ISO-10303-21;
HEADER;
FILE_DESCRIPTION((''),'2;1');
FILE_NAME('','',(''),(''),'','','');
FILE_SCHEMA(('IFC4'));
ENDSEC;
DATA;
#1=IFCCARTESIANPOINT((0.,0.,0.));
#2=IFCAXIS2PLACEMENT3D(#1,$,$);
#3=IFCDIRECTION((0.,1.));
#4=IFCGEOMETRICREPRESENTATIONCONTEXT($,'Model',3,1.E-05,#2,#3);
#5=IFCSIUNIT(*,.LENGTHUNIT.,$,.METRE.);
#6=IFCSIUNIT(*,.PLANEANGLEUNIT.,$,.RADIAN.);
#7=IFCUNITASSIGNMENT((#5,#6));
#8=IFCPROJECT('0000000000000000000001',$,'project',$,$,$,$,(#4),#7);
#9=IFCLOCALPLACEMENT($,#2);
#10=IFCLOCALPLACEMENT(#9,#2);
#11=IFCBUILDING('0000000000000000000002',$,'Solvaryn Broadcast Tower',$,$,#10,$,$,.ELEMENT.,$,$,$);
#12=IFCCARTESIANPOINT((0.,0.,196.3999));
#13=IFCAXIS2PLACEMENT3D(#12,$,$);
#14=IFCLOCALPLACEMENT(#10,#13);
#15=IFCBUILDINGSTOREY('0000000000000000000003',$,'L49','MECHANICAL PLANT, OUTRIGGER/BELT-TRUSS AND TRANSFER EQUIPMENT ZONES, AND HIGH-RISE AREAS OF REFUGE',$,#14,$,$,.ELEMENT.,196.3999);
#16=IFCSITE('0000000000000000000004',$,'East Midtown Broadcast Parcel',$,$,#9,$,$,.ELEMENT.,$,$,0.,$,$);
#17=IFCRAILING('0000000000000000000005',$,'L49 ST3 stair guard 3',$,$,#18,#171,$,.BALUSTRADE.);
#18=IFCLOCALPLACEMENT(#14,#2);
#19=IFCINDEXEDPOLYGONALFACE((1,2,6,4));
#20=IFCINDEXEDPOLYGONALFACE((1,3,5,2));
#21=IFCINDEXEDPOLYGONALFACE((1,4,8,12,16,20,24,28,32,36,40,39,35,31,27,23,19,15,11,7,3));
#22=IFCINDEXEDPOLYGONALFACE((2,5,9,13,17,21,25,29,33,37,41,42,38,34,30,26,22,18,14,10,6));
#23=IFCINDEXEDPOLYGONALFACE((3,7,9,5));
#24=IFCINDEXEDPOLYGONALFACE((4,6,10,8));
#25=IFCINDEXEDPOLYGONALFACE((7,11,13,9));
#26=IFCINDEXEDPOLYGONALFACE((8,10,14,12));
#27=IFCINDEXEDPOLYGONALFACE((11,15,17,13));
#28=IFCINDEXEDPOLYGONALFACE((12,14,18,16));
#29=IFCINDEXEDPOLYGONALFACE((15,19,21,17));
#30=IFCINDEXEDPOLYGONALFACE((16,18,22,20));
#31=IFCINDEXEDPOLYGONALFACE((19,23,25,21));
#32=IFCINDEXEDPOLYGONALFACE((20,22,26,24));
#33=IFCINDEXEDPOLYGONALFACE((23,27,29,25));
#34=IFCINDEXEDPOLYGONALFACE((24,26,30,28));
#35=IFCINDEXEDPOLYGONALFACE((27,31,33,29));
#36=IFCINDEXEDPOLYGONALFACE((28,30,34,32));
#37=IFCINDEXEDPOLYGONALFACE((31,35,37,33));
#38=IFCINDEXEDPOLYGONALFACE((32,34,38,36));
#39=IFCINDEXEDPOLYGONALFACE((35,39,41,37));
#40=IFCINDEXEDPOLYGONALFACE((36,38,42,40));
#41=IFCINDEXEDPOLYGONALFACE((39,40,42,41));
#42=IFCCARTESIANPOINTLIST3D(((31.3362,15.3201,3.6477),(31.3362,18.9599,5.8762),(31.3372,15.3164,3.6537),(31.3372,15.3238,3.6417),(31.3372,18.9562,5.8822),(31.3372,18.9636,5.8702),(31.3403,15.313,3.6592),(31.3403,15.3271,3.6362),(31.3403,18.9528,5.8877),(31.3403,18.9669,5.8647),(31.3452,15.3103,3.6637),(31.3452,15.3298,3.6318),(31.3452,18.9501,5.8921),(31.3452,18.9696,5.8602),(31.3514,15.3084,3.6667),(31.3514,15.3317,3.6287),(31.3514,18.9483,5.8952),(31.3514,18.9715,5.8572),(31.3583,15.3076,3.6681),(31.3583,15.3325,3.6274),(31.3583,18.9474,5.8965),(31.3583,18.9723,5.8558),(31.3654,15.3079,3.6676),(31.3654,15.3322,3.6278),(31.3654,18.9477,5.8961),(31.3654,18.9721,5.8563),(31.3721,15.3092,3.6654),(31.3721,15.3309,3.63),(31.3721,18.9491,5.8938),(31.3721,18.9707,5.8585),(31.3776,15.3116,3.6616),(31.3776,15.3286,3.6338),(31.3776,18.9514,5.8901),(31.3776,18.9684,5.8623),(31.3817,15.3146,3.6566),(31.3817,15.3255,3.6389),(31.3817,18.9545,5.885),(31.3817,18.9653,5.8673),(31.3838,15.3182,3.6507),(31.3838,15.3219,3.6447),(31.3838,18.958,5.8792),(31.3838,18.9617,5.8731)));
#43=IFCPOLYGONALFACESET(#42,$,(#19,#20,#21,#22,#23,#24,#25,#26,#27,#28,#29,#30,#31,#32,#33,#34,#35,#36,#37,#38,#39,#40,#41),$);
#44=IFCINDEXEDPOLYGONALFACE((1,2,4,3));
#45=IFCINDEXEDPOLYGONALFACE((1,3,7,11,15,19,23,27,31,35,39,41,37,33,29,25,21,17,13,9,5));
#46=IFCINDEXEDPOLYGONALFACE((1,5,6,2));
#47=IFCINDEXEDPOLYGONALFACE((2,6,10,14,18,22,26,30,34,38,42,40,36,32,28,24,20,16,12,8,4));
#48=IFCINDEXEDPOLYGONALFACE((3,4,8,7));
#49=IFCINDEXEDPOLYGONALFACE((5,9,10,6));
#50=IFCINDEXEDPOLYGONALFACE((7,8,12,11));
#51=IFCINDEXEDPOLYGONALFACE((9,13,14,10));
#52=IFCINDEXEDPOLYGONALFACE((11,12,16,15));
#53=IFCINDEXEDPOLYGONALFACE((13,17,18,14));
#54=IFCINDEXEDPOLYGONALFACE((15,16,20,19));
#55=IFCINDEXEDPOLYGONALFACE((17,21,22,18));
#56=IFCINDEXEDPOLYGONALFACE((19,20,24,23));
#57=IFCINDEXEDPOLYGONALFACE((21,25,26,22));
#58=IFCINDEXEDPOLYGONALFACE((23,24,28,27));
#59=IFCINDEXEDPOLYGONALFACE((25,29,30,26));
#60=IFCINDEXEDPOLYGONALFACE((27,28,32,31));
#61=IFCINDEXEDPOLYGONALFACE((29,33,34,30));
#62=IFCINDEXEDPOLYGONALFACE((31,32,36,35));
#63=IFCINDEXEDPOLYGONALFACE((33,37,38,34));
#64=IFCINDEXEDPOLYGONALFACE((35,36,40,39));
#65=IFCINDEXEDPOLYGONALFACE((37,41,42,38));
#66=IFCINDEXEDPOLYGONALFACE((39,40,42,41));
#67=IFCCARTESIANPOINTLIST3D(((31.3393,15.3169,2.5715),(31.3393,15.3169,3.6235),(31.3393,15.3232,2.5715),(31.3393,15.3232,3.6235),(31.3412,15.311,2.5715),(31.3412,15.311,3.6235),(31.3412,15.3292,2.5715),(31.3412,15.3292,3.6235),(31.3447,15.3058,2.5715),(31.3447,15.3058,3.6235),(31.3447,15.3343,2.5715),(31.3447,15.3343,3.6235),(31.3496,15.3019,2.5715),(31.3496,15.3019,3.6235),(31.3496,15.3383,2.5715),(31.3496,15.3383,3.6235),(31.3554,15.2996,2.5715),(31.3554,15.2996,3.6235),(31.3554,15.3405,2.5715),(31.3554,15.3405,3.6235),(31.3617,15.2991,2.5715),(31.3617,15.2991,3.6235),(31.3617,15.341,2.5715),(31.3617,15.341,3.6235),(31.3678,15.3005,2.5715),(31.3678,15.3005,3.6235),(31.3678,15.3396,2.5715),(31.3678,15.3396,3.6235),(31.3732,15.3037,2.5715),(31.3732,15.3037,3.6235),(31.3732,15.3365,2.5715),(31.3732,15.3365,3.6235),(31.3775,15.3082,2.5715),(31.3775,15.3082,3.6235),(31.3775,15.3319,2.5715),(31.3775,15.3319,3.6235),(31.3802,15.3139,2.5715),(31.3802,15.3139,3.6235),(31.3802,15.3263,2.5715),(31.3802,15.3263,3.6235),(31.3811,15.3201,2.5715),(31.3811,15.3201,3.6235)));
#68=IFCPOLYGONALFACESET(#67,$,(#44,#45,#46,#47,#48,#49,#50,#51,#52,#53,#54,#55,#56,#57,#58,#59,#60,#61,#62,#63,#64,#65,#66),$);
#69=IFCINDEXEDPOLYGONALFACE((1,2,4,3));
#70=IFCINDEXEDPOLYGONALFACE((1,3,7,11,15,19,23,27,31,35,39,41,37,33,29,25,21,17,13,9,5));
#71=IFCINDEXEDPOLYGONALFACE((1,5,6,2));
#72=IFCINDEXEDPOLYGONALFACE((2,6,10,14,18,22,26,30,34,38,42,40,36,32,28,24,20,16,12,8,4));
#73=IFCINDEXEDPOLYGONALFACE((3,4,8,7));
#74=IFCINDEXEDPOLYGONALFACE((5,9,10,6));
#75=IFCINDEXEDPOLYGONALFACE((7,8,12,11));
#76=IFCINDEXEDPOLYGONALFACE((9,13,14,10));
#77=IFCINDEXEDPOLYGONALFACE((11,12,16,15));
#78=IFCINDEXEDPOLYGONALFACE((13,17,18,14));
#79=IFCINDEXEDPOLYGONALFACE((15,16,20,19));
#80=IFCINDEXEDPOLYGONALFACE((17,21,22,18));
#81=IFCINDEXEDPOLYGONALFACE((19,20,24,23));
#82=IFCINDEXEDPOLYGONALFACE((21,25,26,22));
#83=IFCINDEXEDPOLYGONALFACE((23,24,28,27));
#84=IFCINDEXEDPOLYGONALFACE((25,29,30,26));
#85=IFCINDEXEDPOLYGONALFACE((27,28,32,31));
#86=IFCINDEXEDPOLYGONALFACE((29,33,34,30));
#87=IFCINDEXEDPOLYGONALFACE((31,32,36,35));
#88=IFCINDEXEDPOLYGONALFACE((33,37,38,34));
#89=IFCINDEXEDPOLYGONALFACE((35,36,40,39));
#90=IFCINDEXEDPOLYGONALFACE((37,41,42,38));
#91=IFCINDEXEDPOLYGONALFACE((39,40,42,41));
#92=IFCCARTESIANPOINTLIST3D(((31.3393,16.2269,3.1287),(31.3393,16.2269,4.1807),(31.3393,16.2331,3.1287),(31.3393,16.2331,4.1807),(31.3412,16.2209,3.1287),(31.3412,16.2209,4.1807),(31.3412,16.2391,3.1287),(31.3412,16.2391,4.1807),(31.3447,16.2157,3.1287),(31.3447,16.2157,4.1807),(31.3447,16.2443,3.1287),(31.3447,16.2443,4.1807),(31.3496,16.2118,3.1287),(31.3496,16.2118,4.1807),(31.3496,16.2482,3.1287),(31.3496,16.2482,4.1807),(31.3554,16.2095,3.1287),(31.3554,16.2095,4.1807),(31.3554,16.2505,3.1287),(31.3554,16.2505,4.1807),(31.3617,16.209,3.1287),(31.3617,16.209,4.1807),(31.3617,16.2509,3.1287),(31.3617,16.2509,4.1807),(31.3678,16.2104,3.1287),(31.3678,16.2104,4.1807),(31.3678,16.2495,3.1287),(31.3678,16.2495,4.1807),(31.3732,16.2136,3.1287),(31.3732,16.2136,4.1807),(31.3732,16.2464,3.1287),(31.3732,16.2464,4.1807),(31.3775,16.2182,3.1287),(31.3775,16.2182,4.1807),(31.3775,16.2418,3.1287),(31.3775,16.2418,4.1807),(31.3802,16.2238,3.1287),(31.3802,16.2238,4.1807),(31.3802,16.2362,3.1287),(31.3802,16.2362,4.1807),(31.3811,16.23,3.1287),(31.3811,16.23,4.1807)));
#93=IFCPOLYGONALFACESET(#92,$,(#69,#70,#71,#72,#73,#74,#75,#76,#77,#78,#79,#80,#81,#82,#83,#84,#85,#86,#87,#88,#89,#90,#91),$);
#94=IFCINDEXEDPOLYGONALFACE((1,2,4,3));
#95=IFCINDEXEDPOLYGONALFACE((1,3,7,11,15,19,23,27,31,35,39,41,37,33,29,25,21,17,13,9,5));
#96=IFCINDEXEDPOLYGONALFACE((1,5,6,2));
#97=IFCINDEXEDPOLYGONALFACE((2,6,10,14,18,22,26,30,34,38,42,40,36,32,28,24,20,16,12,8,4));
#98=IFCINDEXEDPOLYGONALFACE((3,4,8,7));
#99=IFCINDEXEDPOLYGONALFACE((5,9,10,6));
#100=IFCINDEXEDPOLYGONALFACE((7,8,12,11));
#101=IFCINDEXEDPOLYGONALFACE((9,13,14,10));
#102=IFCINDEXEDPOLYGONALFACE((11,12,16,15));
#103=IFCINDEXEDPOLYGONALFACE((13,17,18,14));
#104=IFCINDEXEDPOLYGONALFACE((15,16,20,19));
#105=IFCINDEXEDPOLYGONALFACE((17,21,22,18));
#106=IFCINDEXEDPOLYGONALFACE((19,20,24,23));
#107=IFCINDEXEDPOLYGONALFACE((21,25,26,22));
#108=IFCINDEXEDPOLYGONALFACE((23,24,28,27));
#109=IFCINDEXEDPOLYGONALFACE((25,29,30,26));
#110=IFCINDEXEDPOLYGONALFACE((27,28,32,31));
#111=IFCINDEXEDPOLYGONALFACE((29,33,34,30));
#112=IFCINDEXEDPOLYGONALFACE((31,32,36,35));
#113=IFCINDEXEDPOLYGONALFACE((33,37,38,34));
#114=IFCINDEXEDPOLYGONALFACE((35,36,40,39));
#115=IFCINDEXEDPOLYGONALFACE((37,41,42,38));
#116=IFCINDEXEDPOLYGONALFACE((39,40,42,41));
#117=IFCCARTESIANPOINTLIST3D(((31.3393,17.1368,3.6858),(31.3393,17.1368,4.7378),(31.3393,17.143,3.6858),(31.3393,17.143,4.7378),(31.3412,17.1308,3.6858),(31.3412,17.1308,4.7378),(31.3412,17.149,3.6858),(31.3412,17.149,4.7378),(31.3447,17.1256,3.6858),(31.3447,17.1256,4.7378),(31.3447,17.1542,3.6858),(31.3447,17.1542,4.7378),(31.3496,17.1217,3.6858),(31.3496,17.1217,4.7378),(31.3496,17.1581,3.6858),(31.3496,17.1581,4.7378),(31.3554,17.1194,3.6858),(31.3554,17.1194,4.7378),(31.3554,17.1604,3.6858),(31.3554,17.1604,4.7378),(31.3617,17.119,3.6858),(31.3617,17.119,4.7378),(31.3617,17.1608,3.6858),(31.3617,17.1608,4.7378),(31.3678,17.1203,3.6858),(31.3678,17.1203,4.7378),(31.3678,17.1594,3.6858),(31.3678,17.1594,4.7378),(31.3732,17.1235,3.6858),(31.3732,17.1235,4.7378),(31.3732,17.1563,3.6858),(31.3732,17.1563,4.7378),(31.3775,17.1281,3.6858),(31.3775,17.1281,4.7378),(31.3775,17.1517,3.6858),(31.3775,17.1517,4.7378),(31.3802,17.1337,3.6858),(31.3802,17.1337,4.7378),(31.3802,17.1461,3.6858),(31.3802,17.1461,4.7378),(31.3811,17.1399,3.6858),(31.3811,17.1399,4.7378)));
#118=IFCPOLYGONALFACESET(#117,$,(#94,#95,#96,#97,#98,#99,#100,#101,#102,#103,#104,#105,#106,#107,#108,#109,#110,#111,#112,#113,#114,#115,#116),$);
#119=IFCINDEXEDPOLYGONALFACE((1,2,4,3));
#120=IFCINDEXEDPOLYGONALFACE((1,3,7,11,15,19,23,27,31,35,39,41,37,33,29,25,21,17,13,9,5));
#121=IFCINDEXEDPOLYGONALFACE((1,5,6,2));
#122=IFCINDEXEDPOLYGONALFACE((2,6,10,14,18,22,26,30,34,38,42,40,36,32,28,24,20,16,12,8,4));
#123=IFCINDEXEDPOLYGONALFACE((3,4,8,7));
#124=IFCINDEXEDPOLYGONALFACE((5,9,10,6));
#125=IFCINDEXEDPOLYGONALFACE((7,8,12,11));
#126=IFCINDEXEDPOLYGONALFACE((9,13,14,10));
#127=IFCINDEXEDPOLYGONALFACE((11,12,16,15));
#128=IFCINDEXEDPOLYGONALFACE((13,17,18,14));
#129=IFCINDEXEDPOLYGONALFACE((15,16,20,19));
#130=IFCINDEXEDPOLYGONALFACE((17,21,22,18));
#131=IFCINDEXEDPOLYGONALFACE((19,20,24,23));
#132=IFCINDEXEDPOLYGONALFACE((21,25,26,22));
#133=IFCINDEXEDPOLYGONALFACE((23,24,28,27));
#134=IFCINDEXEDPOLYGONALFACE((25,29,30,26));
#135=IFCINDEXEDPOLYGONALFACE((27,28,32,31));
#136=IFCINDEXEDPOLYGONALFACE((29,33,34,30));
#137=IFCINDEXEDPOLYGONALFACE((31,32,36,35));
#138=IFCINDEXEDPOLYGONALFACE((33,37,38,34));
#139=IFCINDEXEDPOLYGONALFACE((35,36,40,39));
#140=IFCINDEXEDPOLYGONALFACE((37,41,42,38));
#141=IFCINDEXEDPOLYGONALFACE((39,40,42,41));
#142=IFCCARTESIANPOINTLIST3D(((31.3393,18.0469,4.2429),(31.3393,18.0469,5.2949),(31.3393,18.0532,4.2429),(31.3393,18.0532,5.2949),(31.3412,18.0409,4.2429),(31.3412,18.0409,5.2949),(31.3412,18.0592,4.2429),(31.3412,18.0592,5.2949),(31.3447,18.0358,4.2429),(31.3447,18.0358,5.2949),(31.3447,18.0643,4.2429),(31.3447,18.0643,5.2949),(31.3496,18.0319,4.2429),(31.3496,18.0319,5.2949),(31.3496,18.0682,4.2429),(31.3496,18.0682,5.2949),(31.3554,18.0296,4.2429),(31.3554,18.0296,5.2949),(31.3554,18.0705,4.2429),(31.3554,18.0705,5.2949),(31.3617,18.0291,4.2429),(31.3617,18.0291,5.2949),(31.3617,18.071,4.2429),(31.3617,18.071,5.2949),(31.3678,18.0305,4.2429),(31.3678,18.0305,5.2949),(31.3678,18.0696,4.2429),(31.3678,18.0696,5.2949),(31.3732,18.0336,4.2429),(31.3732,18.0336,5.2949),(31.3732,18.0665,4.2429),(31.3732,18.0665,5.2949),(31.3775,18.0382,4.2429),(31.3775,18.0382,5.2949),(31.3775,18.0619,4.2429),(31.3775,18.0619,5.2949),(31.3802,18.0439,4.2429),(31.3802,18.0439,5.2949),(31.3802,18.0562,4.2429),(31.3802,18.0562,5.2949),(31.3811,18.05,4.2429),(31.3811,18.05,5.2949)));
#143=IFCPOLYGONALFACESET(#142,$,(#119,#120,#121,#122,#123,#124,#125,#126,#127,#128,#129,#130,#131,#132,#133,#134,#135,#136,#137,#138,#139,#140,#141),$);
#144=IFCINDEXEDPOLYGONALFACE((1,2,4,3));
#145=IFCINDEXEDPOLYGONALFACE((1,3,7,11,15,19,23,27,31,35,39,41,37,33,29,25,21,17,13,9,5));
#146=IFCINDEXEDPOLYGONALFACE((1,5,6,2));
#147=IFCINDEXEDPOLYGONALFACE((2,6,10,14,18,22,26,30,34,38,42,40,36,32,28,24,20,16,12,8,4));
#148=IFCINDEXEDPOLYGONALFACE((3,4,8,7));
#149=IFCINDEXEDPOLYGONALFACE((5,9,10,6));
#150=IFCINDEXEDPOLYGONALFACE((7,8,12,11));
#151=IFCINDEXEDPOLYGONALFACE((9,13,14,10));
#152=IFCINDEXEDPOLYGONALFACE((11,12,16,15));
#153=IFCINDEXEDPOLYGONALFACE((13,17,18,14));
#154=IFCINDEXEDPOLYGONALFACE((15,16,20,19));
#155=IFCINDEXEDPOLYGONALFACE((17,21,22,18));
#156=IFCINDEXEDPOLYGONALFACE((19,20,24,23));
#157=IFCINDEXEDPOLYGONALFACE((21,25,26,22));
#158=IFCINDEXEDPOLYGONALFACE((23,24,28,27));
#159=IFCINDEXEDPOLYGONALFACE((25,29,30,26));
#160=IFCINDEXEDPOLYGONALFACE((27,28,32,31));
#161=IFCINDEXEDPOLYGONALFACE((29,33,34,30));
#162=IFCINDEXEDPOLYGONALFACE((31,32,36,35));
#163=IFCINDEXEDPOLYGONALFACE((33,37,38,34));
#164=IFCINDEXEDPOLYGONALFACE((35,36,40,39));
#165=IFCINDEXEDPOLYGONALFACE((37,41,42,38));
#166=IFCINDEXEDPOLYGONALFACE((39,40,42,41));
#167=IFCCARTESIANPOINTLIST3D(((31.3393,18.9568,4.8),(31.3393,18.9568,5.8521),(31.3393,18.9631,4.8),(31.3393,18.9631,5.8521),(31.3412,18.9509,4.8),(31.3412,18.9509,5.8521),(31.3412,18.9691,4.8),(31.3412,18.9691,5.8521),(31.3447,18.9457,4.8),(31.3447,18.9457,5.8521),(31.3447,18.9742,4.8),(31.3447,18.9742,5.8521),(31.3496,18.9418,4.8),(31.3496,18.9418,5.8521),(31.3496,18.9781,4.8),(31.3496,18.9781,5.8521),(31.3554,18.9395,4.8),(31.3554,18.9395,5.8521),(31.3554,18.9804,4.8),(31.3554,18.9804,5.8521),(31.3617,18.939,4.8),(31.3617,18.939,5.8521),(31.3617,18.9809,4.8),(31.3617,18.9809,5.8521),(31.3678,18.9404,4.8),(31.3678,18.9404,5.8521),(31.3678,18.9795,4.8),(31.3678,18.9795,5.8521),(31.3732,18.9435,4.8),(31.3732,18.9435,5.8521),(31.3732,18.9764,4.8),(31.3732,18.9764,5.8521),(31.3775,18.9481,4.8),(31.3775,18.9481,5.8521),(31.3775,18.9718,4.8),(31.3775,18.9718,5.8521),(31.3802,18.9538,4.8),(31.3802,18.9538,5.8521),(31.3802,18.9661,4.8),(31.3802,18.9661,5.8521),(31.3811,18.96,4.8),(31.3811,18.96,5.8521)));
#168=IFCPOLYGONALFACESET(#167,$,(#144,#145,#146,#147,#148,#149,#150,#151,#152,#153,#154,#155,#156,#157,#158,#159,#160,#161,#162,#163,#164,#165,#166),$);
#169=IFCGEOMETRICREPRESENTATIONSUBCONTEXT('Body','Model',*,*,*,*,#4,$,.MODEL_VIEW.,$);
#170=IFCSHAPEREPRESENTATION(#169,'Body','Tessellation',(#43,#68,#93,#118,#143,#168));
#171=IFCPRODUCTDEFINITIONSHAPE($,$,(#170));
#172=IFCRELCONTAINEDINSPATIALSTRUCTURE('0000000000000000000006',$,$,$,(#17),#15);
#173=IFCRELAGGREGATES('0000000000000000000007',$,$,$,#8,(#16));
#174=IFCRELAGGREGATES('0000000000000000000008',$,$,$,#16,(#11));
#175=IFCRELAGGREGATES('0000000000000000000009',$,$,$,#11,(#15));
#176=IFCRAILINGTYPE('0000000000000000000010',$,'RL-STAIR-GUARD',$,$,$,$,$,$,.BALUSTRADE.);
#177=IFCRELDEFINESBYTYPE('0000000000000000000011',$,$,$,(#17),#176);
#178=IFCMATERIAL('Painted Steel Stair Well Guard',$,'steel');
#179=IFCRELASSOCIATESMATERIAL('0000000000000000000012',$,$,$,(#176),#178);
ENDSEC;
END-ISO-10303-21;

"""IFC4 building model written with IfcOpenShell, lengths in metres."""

from ifc_helpers import new_model, si_unit, direction, frame, origin, origin_2d, place, context, subcontext, project, spatial, circle, extrude, material, type_object, element, save


model = new_model("IFC4")

# Units and contexts
model_context = context("Model", 3, precision=1e-05, world=origin(), true_north=direction((0.0, 1.0)))
body_context = subcontext(model_context, "Body", "Model", "MODEL_VIEW")
ifc_project = project(units=[si_unit("LENGTHUNIT", "METRE"), si_unit("PLANEANGLEUNIT", "RADIAN")], contexts=[model_context])

# Site, building, storey
site_placement = place(None, origin())
site = spatial("IfcSite", under=ifc_project, at=site_placement, Name="East Midtown Broadcast Parcel", CompositionType="ELEMENT", RefElevation=0.0)
building_placement = place(site_placement, origin())
building = spatial("IfcBuilding", under=site, at=building_placement, Name="Solvaryn Broadcast Tower", CompositionType="ELEMENT")
storey_placement = place(building_placement, frame((0.0, 0.0, 196.3999)))
storey = spatial("IfcBuildingStorey", under=building, at=storey_placement, Name="L49", Description="MECHANICAL PLANT, OUTRIGGER/BELT-TRUSS AND TRANSFER EQUIPMENT ZONES, AND HIGH-RISE AREAS OF REFUGE", CompositionType="ELEMENT", Elevation=196.3999)

# Railing
ifc_material_1 = material(Name="Painted Steel Stair Well Guard", Category="steel")
railing_type_1 = type_object("IfcRailingType", Name="RL-STAIR-GUARD", PredefinedType="BALUSTRADE", material=ifc_material_1)
railing_1_placement = place(storey_placement, frame((31.3601, 15.3201, 2.5715)))
element("IfcRailing", 1, at=railing_1_placement, inside=storey, type_object=railing_type_1, Name="L49 ST3 stair guard 3", PredefinedType="BALUSTRADE", context=body_context, shape_type="SweptSolid", body=[
    extrude(circle(Radius=0.0239, at=origin_2d()), frame((0.0, 0.0, 1.0762), z_axis=(0.0, 0.85285, 0.522156), x_axis=(-1.0, 0.0, 0.0)), (0.0, 0.0, 1.0), 4.2678),
    extrude(circle(Radius=0.021, at=origin_2d()), origin(), (0.0, 0.0, 1.0), 1.052),
    extrude(circle(Radius=0.021, at=origin_2d()), frame((0.0, 0.9099, 0.5571)), (0.0, 0.0, 1.0), 1.052),
    extrude(circle(Radius=0.021, at=origin_2d()), frame((0.0, 1.8198, 1.1143)), (0.0, 0.0, 1.0), 1.052),
    extrude(circle(Radius=0.021, at=origin_2d()), frame((0.0, 2.73, 1.6714)), (0.0, 0.0, 1.0), 1.052),
    extrude(circle(Radius=0.021, at=origin_2d()), frame((0.0, 3.6399, 2.2285)), (0.0, 0.0, 1.0), 1.052),
])

save(model, "model.ifc")
